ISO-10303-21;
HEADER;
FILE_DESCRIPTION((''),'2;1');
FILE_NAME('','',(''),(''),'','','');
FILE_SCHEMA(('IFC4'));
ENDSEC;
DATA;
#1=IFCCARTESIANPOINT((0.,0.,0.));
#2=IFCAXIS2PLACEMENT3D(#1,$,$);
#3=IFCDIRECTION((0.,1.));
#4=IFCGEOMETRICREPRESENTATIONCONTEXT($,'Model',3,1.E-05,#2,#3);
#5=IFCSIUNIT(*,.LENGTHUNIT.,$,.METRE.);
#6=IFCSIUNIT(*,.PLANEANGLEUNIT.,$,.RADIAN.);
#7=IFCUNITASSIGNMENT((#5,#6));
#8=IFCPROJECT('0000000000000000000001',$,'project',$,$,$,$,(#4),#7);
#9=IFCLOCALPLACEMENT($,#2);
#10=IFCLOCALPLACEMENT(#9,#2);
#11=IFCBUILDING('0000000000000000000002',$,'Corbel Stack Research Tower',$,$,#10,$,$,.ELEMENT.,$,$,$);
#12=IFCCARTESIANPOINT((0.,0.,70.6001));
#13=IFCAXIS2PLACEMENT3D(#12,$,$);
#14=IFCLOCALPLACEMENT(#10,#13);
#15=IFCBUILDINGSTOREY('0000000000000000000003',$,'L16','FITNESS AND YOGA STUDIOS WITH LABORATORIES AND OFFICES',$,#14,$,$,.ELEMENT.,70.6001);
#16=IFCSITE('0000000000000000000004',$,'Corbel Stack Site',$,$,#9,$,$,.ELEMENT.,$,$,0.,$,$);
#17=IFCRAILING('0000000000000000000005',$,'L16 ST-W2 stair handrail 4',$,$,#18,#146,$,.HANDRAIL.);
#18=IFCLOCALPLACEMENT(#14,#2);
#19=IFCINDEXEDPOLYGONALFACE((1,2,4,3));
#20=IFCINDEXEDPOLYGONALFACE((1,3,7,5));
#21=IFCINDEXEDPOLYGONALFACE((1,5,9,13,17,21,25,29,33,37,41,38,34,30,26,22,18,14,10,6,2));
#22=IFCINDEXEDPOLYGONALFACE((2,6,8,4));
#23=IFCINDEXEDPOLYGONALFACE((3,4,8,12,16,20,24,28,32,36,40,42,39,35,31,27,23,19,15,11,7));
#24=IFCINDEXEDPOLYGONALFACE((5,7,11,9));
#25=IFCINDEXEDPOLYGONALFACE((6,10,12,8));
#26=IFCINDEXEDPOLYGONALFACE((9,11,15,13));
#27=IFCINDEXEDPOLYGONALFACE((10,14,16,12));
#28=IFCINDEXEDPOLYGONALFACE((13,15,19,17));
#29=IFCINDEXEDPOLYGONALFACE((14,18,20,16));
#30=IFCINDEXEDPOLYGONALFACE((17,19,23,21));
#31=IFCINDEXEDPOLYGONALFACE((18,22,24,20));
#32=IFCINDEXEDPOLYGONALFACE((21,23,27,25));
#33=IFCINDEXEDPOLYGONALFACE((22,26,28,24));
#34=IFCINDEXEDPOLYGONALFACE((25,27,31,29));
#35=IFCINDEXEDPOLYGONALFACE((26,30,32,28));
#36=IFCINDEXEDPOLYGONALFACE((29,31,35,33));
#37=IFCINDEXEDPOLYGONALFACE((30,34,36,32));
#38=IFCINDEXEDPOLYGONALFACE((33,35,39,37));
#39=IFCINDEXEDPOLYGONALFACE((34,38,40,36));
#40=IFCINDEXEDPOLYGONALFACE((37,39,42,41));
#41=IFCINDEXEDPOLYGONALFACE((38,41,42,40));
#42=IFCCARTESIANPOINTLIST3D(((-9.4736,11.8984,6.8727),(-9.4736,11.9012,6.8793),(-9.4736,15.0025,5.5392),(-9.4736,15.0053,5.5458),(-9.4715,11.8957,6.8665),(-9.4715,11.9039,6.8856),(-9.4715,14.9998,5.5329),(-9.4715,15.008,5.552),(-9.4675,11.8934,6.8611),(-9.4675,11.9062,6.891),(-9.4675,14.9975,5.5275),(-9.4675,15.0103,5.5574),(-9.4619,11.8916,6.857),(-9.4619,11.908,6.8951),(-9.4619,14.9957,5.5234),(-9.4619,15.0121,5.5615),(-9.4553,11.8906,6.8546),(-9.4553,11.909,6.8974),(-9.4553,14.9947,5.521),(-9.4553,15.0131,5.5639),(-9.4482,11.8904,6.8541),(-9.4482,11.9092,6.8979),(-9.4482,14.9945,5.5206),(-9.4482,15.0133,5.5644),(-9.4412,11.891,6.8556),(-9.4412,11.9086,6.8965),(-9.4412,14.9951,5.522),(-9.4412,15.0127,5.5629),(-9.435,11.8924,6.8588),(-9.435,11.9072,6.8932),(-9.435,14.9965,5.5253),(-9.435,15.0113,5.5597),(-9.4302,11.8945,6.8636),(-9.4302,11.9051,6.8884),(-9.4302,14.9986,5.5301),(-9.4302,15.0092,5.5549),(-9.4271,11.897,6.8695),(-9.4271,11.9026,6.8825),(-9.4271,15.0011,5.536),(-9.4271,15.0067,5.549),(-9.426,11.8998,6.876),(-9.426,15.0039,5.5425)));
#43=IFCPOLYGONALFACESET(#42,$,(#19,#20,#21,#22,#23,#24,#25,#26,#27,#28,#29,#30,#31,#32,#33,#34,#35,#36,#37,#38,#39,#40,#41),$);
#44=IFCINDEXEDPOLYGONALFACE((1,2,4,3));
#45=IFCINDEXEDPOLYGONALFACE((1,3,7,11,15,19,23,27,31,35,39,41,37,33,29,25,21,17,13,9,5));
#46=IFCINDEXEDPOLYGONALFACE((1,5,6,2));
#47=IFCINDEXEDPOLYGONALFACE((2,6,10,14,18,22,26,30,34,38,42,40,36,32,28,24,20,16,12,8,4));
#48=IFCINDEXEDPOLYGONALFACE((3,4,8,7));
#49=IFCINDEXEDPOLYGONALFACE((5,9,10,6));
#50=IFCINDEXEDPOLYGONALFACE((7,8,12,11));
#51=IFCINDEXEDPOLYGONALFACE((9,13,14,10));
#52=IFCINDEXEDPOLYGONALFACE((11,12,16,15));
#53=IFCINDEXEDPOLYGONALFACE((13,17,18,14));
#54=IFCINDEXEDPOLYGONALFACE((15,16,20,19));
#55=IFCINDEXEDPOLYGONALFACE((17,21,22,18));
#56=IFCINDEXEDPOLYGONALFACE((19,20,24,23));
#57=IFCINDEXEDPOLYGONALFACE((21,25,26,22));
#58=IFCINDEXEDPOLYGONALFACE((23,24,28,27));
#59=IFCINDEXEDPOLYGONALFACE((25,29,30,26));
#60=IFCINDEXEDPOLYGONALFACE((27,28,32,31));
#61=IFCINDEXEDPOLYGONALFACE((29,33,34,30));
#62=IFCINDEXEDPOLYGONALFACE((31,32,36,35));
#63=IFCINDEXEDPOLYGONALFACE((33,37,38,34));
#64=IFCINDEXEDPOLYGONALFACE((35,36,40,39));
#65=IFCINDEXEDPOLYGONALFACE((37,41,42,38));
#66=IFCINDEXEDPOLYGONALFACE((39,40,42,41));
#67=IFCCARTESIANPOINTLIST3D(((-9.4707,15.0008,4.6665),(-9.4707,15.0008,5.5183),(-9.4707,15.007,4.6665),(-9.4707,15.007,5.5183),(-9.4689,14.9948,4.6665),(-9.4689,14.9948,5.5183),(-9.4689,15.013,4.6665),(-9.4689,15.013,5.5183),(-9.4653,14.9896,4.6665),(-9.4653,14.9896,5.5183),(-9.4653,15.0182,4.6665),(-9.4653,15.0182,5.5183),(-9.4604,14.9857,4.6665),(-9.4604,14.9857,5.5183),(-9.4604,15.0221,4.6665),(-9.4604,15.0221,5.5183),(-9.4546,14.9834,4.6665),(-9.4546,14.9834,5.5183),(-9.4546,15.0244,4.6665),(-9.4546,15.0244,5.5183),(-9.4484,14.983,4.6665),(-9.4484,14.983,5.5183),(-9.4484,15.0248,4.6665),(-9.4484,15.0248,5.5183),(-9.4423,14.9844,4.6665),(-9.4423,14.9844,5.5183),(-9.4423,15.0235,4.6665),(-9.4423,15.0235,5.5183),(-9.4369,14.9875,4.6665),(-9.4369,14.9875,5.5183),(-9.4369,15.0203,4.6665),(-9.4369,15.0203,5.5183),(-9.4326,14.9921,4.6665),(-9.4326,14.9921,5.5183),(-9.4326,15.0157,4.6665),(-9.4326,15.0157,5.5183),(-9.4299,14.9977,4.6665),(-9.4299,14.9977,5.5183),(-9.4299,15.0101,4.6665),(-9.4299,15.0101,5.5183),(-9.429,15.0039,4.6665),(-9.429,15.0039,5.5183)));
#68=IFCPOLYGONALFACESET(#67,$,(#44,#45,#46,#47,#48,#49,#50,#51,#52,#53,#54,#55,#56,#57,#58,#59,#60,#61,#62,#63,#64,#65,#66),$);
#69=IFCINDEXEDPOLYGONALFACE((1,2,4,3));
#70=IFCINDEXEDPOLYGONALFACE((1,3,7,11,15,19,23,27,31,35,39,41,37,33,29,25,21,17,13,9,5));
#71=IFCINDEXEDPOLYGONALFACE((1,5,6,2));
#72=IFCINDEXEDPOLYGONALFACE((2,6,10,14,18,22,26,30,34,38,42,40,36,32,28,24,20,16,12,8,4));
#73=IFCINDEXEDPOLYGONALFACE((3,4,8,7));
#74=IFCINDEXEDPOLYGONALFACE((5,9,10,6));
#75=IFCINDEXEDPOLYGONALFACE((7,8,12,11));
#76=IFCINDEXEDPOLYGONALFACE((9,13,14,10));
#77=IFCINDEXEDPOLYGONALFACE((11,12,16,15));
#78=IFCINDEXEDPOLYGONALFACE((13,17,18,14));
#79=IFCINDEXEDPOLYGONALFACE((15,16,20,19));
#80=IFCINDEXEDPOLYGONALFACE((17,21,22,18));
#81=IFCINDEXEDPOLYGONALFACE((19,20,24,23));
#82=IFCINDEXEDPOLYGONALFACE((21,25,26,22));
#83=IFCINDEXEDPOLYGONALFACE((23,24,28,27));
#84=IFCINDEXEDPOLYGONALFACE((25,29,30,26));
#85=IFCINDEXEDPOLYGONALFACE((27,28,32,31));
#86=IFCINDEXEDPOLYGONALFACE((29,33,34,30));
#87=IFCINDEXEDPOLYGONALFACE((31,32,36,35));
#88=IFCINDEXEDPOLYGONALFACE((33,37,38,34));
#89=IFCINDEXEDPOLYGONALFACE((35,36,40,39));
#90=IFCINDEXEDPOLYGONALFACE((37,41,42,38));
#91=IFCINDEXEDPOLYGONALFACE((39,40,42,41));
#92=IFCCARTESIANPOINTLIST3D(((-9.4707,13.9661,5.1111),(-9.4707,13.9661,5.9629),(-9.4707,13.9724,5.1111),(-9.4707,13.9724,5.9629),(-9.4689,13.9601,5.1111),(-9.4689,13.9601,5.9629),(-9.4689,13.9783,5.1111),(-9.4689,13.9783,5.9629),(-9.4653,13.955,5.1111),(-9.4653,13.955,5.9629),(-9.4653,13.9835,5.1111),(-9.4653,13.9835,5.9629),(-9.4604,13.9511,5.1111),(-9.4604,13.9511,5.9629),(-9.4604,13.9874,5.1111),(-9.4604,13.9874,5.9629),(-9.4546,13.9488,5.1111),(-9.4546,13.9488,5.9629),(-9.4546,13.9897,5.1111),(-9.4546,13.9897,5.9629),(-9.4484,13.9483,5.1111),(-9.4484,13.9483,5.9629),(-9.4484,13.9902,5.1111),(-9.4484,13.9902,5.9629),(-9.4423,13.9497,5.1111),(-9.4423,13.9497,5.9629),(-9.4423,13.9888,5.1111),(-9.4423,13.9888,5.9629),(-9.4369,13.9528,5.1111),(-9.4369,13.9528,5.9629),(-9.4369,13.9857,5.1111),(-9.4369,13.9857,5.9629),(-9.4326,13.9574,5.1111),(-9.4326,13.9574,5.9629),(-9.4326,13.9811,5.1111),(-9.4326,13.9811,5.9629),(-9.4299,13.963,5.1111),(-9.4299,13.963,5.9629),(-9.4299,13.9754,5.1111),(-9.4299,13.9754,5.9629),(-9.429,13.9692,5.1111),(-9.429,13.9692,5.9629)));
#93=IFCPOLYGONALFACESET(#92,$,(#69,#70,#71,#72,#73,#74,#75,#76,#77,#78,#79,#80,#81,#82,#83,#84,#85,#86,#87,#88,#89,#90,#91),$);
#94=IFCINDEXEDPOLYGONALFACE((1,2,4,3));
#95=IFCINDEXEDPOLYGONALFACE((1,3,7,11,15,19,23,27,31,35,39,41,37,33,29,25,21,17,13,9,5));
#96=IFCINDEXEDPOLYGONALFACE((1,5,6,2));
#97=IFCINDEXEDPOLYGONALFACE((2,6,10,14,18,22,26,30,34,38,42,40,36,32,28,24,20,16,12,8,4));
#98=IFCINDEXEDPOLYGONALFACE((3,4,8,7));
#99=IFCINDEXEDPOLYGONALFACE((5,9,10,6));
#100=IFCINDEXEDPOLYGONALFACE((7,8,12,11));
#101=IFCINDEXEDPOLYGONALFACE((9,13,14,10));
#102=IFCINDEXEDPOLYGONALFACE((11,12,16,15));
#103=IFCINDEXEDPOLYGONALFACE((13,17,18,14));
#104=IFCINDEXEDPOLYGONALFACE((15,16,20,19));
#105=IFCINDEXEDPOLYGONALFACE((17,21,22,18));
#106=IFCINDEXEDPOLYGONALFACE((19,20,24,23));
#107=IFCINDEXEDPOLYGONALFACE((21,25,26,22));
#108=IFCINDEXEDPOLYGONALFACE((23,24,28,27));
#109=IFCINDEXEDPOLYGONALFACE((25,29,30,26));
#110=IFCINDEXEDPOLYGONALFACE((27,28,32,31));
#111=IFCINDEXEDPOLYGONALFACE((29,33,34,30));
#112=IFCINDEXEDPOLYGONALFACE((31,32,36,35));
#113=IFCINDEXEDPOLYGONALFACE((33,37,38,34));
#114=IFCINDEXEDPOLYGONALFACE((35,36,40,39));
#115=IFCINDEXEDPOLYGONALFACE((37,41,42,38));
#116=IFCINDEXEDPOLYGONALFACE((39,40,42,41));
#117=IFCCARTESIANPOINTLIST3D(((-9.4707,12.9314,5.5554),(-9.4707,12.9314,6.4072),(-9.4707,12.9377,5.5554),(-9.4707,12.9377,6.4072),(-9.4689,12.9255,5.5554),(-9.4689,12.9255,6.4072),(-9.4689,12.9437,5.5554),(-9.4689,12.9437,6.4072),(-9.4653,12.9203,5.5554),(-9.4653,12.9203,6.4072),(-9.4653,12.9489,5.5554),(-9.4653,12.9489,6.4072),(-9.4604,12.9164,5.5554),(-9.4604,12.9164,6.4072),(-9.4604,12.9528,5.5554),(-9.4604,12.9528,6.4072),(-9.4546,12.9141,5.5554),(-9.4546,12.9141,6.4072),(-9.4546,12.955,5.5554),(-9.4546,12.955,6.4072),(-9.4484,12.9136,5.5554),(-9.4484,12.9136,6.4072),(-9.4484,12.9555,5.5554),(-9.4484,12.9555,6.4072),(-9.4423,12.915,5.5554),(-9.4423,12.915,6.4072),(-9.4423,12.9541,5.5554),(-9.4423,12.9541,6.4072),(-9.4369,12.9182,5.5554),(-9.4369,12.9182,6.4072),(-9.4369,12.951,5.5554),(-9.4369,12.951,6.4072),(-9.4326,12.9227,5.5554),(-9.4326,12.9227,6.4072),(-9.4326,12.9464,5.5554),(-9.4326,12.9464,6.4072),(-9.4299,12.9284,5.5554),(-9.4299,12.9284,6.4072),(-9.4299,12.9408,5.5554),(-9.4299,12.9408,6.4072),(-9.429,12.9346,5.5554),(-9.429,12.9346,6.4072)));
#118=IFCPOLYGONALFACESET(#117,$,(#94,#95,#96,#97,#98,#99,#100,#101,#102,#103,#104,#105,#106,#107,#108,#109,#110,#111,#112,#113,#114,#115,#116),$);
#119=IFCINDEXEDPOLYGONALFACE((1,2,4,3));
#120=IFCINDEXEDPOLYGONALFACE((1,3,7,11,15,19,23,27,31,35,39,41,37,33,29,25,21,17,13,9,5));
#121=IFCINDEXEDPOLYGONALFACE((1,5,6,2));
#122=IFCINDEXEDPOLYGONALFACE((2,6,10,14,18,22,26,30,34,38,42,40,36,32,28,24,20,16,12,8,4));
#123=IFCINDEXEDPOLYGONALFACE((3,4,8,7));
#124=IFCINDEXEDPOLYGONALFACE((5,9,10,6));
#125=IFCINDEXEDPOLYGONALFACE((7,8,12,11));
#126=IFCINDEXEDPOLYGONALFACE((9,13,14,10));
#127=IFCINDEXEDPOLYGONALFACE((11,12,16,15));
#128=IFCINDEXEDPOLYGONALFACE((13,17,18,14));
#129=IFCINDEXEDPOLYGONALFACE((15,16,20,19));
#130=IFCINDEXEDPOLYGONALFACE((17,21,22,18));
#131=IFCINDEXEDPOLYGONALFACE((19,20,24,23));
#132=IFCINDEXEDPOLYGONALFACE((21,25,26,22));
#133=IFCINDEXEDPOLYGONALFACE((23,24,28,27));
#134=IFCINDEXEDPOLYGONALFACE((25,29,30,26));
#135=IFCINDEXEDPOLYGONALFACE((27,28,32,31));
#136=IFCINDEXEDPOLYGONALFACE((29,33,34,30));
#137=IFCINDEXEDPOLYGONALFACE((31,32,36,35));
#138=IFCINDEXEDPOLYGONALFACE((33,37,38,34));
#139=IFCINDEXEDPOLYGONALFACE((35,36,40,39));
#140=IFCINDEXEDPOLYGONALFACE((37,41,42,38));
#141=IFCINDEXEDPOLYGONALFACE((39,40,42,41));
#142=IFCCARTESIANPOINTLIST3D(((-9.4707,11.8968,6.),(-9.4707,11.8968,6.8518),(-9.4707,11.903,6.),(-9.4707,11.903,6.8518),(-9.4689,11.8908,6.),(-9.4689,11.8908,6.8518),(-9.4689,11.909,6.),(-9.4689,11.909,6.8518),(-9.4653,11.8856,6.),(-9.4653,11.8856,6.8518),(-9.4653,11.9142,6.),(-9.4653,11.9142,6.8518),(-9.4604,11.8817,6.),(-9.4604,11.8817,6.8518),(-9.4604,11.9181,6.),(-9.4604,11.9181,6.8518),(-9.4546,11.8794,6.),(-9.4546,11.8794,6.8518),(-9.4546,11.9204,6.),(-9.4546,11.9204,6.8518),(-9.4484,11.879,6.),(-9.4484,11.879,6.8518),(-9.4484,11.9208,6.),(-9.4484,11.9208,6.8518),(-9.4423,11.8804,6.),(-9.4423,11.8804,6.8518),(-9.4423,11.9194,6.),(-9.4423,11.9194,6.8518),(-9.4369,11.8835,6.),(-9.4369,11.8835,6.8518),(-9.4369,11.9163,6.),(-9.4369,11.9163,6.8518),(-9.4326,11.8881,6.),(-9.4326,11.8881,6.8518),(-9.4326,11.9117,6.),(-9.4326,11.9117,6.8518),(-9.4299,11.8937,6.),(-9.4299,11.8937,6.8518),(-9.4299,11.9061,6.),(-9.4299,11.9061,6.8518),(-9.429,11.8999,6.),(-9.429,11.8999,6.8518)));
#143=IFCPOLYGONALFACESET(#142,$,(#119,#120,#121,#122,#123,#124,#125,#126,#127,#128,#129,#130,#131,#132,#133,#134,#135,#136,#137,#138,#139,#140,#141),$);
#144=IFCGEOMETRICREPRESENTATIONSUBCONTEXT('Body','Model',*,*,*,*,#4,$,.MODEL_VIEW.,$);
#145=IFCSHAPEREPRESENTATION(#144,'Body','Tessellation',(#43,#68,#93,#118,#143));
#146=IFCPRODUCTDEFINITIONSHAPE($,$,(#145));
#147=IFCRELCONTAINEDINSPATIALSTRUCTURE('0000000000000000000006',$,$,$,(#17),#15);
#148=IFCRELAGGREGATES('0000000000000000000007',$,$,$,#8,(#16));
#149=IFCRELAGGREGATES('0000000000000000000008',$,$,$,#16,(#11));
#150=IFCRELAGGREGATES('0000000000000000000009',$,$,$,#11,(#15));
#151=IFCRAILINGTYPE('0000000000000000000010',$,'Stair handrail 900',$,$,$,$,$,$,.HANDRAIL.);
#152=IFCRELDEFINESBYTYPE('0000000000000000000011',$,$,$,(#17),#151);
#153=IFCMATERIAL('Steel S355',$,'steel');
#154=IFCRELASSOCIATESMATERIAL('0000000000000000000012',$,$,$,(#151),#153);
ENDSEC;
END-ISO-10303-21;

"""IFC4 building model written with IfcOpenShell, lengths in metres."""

from ifc_helpers import new_model, si_unit, direction, frame, origin, origin_2d, place, context, subcontext, project, spatial, circle, extrude, material, type_object, element, save


model = new_model("IFC4")

# Units and contexts
model_context = context("Model", 3, precision=1e-05, world=origin(), true_north=direction((0.0, 1.0)))
body_context = subcontext(model_context, "Body", "Model", "MODEL_VIEW")
ifc_project = project(units=[si_unit("LENGTHUNIT", "METRE"), si_unit("PLANEANGLEUNIT", "RADIAN")], contexts=[model_context])

# Site, building, storey
site_placement = place(None, origin())
site = spatial("IfcSite", under=ifc_project, at=site_placement, Name="Corbel Stack Site", CompositionType="ELEMENT", RefElevation=0.0)
building_placement = place(site_placement, origin())
building = spatial("IfcBuilding", under=site, at=building_placement, Name="Corbel Stack Research Tower", CompositionType="ELEMENT")
storey_placement = place(building_placement, frame((0.0, 0.0, 70.6001)))
storey = spatial("IfcBuildingStorey", under=building, at=storey_placement, Name="L16", Description="FITNESS AND YOGA STUDIOS WITH LABORATORIES AND OFFICES", CompositionType="ELEMENT", Elevation=70.6001)

# Railing
ifc_material_1 = material(Name="Steel S355", Category="steel")
railing_type_1 = type_object("IfcRailingType", Name="Stair handrail 900", PredefinedType="HANDRAIL", material=ifc_material_1)
for number, where, name in (
    (1, (-9.45, 15.0039, 4.6665), "L16 ST-W2 stair handrail 4"),
):
    element("IfcRailing", number, at=place(storey_placement, frame(where)), inside=storey, type_object=railing_type_1, Name=name, PredefinedType="HANDRAIL", context=body_context, shape_type="SweptSolid", body=[
        extrude(circle(Radius=0.0239, at=origin_2d()), frame((0.0, 0.0, 0.876), z_axis=(0.0, -0.918801, 0.394722), x_axis=(1.0, 0.0, 0.0)), (0.0, 0.0, 1.0), 3.3784),
        extrude(circle(Radius=0.021, at=origin_2d()), origin(), (0.0, 0.0, 1.0), 0.8518),
        extrude(circle(Radius=0.021, at=origin_2d()), frame((0.0, -1.0347, 0.4446)), (0.0, 0.0, 1.0), 0.8518),
        extrude(circle(Radius=0.021, at=origin_2d()), frame((0.0, -2.0693, 0.8889)), (0.0, 0.0, 1.0), 0.8518),
        extrude(circle(Radius=0.021, at=origin_2d()), frame((0.0, -3.104, 1.3335)), (0.0, 0.0, 1.0), 0.8518),
    ])

save(model, "model.ifc")
